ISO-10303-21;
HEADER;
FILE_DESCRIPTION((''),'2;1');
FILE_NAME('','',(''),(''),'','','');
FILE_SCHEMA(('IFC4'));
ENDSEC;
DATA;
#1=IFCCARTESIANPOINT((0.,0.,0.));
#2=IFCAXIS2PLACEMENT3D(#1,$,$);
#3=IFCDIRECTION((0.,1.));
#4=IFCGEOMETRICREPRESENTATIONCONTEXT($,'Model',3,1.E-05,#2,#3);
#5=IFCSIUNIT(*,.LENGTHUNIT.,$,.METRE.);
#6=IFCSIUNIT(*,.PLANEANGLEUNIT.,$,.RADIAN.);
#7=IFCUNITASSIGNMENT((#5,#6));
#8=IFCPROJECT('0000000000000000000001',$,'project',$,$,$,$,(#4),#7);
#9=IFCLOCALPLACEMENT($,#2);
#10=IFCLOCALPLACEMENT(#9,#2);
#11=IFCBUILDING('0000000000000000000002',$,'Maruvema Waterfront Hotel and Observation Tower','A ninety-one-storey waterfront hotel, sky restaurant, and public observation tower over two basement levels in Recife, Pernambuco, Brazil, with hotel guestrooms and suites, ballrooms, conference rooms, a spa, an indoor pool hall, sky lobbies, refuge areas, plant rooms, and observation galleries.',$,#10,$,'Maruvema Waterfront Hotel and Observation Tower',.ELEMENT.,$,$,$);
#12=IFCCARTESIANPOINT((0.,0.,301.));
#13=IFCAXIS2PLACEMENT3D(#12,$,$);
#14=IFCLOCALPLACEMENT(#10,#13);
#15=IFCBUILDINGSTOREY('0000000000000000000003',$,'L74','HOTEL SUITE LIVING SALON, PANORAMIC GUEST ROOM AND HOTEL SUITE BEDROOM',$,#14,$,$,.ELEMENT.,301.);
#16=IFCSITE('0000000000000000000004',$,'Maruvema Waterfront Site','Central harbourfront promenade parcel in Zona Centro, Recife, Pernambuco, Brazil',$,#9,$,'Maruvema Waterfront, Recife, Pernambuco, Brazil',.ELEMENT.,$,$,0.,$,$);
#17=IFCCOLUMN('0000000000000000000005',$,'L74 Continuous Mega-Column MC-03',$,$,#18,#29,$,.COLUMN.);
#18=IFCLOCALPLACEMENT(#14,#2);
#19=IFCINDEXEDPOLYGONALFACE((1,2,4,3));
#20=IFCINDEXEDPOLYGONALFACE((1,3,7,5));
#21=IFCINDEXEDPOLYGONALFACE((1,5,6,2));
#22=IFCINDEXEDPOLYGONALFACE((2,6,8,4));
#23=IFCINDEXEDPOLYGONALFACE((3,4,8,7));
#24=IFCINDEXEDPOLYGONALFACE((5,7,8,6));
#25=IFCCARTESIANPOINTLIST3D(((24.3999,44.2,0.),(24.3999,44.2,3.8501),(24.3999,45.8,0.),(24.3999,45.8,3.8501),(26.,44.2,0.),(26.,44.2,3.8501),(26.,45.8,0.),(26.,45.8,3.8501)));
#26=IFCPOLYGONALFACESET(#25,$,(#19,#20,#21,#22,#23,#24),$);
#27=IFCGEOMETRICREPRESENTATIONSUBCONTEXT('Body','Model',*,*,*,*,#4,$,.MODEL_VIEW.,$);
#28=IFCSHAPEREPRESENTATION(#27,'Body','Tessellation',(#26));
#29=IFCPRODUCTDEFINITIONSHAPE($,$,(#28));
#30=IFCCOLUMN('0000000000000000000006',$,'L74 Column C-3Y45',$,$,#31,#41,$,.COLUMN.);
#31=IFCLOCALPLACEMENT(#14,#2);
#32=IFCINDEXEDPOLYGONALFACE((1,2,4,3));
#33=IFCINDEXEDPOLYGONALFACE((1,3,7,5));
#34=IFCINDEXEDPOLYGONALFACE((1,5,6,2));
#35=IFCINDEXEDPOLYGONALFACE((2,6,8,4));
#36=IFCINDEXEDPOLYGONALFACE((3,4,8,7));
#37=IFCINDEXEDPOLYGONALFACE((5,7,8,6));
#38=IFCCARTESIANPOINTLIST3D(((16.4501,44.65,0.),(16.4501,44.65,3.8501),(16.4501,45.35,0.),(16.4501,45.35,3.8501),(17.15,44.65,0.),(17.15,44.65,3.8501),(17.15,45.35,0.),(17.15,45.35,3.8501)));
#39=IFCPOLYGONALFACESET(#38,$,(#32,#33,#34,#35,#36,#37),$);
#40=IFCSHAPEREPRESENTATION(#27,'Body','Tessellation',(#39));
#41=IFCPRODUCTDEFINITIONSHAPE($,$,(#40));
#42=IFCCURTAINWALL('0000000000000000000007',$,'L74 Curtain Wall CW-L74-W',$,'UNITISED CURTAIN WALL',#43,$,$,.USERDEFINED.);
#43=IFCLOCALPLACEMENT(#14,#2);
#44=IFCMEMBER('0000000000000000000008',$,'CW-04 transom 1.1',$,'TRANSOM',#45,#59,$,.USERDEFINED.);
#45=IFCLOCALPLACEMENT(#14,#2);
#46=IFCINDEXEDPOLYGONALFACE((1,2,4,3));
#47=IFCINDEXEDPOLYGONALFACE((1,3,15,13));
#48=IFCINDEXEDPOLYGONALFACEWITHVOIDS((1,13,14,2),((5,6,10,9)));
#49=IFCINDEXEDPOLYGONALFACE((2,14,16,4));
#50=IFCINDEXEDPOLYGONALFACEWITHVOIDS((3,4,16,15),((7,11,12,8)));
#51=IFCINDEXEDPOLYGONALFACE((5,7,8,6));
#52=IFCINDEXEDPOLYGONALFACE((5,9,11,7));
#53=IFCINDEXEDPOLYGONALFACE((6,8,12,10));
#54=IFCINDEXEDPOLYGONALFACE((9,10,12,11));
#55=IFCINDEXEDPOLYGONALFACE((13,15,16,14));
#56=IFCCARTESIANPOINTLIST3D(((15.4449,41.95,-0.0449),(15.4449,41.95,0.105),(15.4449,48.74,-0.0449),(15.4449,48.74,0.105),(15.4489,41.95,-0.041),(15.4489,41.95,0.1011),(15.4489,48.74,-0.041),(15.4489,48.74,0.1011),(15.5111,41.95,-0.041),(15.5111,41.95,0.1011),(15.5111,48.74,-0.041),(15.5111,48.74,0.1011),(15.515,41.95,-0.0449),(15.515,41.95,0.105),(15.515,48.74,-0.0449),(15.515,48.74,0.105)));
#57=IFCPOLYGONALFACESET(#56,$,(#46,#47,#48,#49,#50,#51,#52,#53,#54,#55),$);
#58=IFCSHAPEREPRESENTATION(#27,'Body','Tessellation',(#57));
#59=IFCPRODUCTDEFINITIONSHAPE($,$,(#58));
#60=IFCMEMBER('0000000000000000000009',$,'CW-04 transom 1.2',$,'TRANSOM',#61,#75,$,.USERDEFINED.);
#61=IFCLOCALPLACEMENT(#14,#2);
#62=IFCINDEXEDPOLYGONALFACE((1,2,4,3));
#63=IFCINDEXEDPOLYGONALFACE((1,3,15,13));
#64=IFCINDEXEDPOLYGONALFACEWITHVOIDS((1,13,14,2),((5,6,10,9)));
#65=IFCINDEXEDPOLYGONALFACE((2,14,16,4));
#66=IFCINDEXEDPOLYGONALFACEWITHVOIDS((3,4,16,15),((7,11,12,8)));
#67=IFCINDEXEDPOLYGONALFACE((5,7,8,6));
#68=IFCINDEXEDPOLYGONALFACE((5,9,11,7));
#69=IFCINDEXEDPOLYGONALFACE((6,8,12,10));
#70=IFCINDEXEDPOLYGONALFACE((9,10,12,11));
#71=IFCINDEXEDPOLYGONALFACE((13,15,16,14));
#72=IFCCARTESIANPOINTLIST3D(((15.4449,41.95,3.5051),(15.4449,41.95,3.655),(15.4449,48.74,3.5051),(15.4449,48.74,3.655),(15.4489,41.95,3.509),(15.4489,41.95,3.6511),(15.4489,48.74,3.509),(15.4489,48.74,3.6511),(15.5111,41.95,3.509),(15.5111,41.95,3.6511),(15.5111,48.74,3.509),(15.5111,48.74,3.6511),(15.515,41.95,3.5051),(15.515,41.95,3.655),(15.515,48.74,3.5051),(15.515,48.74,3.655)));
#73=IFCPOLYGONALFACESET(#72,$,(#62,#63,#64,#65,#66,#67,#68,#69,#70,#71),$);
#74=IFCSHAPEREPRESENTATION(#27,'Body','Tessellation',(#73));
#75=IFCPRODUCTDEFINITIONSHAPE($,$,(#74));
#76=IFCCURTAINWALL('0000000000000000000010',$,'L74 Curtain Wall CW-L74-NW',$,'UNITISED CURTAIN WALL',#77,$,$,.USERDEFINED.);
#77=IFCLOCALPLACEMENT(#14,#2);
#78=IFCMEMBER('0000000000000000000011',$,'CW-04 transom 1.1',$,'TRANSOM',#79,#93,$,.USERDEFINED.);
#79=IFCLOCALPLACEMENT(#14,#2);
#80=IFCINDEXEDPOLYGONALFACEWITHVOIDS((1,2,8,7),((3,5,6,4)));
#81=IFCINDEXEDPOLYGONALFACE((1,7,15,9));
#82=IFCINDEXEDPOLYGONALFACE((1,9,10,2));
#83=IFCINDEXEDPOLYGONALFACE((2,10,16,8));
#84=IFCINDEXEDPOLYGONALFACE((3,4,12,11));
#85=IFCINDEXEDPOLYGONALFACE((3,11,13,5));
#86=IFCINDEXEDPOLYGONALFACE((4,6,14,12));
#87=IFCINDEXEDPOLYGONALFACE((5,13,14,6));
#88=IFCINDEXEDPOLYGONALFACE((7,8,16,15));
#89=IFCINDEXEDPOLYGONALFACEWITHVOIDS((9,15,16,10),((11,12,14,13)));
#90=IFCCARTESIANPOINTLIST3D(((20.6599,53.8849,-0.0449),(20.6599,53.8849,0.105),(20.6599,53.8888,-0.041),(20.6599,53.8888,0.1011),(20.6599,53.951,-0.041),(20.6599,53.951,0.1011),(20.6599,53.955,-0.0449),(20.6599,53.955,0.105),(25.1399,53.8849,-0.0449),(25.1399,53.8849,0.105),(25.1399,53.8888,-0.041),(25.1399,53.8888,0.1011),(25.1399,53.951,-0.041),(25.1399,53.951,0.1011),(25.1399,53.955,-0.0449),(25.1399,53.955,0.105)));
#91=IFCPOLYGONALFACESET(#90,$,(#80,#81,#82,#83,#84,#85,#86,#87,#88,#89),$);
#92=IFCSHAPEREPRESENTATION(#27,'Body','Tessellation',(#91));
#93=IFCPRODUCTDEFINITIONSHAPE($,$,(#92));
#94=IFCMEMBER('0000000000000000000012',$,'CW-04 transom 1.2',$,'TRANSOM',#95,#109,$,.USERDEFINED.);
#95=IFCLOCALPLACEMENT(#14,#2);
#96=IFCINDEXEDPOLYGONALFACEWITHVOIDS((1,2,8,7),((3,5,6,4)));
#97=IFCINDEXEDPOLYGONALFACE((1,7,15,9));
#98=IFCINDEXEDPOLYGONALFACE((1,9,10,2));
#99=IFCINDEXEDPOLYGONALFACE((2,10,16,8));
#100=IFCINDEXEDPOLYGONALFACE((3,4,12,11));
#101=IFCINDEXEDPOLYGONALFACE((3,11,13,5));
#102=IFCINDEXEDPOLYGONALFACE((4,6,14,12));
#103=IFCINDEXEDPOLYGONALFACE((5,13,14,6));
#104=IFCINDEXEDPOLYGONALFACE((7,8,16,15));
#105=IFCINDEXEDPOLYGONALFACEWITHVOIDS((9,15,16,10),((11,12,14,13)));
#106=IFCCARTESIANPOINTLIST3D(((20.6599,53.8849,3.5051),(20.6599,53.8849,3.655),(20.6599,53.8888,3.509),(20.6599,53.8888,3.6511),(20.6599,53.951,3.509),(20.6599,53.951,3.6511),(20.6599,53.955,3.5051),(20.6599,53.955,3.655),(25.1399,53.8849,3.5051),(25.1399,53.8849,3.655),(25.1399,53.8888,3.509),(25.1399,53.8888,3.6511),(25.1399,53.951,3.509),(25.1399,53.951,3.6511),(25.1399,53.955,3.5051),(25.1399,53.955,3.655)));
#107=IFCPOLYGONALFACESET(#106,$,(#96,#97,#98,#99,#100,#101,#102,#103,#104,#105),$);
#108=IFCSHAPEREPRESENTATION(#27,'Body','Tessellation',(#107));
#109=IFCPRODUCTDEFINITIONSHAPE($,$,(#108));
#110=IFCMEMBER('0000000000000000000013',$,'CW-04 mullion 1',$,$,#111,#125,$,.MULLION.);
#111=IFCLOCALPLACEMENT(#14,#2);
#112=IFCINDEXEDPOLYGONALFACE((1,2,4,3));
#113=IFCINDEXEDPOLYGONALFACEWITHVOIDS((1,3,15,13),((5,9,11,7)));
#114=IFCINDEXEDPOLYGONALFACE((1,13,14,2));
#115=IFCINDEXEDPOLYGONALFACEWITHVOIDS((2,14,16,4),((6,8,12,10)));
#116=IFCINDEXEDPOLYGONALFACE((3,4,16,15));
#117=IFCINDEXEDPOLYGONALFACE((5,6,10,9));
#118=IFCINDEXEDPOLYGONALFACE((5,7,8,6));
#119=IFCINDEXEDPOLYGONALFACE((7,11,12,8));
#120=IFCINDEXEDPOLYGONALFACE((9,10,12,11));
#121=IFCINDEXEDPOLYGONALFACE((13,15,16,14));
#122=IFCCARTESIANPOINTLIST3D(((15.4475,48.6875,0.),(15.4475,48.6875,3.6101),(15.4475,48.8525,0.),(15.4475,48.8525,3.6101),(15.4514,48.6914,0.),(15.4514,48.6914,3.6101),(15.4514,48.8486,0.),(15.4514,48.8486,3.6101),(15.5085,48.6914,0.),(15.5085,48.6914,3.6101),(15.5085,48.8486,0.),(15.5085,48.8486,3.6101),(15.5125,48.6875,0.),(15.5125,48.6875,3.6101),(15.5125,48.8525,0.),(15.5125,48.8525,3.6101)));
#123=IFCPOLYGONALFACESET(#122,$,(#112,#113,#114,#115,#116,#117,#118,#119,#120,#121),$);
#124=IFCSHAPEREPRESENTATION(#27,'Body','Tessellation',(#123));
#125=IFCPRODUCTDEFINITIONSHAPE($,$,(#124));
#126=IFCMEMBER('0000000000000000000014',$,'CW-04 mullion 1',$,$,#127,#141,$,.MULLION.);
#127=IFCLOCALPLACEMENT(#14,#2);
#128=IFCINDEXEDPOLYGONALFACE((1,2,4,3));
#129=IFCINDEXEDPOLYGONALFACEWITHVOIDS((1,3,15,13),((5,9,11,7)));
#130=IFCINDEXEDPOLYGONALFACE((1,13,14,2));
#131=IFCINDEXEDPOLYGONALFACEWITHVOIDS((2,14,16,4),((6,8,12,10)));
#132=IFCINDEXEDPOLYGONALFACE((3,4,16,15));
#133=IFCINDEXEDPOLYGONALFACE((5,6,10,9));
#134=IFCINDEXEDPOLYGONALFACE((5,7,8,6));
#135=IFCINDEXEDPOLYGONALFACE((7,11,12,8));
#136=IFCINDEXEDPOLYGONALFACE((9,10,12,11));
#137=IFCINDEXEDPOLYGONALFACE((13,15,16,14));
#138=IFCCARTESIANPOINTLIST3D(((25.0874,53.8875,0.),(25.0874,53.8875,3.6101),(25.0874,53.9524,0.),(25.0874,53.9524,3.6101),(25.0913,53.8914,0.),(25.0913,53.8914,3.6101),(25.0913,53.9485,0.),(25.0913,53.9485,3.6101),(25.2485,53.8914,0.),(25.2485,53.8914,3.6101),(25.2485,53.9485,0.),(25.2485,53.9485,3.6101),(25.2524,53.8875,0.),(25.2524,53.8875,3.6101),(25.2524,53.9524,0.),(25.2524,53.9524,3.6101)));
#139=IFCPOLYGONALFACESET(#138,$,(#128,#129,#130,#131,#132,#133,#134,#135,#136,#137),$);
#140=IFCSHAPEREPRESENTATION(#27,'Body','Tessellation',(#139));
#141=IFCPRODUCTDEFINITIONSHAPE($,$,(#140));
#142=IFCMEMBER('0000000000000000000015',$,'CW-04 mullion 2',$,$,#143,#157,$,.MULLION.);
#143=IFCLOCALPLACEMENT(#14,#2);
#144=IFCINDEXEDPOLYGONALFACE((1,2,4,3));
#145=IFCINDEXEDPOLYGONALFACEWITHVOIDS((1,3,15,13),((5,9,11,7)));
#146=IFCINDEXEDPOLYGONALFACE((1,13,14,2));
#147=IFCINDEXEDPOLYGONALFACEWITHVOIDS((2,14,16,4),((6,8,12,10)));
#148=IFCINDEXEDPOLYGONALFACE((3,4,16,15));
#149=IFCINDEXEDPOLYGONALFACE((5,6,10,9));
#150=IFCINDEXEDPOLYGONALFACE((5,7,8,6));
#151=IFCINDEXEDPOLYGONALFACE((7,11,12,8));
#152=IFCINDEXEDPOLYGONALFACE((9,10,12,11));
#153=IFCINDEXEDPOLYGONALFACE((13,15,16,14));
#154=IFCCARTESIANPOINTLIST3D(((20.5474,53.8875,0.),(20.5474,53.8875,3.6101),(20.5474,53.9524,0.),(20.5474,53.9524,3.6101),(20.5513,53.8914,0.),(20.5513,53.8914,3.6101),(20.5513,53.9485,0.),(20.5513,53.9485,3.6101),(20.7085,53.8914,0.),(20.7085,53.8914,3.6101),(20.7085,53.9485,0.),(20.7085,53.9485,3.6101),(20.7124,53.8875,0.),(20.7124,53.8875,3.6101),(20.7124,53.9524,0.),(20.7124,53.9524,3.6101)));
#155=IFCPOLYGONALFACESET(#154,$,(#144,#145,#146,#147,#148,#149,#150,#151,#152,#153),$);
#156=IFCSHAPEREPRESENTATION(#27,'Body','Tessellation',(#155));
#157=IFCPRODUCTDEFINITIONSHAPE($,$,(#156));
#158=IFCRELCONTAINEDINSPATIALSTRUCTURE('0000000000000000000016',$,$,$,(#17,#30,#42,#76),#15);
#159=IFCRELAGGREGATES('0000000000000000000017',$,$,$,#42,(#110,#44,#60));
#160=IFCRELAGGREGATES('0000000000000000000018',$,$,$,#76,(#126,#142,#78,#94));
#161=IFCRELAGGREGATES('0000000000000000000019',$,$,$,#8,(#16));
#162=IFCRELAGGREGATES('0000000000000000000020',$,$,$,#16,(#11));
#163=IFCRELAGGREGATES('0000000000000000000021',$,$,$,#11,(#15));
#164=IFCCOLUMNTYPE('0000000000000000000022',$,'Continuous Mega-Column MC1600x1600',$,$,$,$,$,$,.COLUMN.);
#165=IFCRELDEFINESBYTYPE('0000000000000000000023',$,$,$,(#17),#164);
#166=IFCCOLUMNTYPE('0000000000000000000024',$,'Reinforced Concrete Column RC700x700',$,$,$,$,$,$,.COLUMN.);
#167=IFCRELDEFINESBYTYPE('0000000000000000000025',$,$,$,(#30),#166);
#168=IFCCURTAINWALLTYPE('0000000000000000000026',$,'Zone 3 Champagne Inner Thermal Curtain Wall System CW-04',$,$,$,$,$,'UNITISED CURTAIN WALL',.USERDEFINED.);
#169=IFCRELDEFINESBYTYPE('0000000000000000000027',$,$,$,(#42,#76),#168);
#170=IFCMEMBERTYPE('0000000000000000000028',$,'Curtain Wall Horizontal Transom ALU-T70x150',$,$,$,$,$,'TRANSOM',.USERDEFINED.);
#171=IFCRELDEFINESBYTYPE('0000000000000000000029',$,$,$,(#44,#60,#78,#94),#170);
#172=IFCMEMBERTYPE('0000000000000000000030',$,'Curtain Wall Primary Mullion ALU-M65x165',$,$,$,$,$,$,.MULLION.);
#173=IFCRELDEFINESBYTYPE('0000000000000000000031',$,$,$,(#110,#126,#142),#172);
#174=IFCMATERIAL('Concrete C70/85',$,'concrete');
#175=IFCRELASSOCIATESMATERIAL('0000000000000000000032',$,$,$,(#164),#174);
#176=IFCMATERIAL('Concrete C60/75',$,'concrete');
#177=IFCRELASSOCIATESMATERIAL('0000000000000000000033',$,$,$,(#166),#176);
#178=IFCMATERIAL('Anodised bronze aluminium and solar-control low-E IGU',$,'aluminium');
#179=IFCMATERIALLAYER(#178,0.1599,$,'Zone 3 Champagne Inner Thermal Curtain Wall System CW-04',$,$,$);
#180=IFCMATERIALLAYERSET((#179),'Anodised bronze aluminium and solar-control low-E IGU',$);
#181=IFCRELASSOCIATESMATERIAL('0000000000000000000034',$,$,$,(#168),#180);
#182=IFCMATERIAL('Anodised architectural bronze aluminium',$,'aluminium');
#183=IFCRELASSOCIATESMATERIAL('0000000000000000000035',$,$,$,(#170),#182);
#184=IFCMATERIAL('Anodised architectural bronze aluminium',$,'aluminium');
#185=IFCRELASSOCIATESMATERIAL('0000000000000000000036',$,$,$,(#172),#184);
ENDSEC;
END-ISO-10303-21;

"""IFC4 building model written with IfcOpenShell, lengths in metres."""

from ifc_helpers import new_model, si_unit, direction, frame, origin, origin_2d, place, context, subcontext, project, spatial, rectangle, hollow_rectangle, extrude, material, layer, layer_set, material_profile, profile_set, type_object, element, aggregate, save


model = new_model("IFC4")

# Units and contexts
model_context = context("Model", 3, precision=1e-05, world=origin(), true_north=direction((0.0, 1.0)))
body_context = subcontext(model_context, "Body", "Model", "MODEL_VIEW")
ifc_project = project(units=[si_unit("LENGTHUNIT", "METRE"), si_unit("PLANEANGLEUNIT", "RADIAN")], contexts=[model_context])

# Site, building, storey
site_placement = place(None, origin())
site = spatial("IfcSite", under=ifc_project, at=site_placement, Name="Maruvema Waterfront Site", Description="Central harbourfront promenade parcel in Zona Centro, Recife, Pernambuco, Brazil", LongName="Maruvema Waterfront, Recife, Pernambuco, Brazil", CompositionType="ELEMENT", RefElevation=0.0)
building_placement = place(site_placement, origin())
building = spatial("IfcBuilding", under=site, at=building_placement, Name="Maruvema Waterfront Hotel and Observation Tower", Description="A ninety-one-storey waterfront hotel, sky restaurant, and public observation tower over two basement levels in Recife, Pernambuco, Brazil, with hotel guestrooms and suites, ballrooms, conference rooms, a spa, an indoor pool hall, sky lobbies, refuge areas, plant rooms, and observation galleries.", LongName="Maruvema Waterfront Hotel and Observation Tower", CompositionType="ELEMENT")
storey_placement = place(building_placement, frame((0.0, 0.0, 301.0)))
storey = spatial("IfcBuildingStorey", under=building, at=storey_placement, Name="L74", Description="HOTEL SUITE LIVING SALON, PANORAMIC GUEST ROOM AND HOTEL SUITE BEDROOM", CompositionType="ELEMENT", Elevation=301.0)

# Columns
ifc_material_1 = material(Name="Concrete C70/85", Category="concrete")
ifc_material_profile_1 = material_profile(ifc_material_1, rectangle(XDim=1.6001, YDim=1.6001, at=origin_2d()), Name="MC1600x1600")
ifc_profile_set_1 = profile_set([ifc_material_profile_1], Name="Concrete C70/85")
column_type_1 = type_object("IfcColumnType", Name="Continuous Mega-Column MC1600x1600", PredefinedType="COLUMN", material=ifc_profile_set_1)
column_1_placement = place(storey_placement, frame((25.2, 45.0, 0.0), z_axis=(0.0, 0.0, 1.0), x_axis=(1.0, 0.0, 0.0)))
element("IfcColumn", 1, at=column_1_placement, inside=storey, type_object=column_type_1, Name="L74 Continuous Mega-Column MC-03", PredefinedType="COLUMN", context=body_context, shape_type="SweptSolid", body=[
    extrude(rectangle(XDim=1.6001, YDim=1.6001, at=origin_2d()), origin(), (0.0, 0.0, 1.0), 3.8501),
])
ifc_material_2 = material(Name="Concrete C60/75", Category="concrete")
ifc_material_profile_2 = material_profile(ifc_material_2, rectangle(XDim=0.7, YDim=0.7, at=origin_2d()), Name="RC700x700")
ifc_profile_set_2 = profile_set([ifc_material_profile_2], Name="Concrete C60/75")
column_type_2 = type_object("IfcColumnType", Name="Reinforced Concrete Column RC700x700", PredefinedType="COLUMN", material=ifc_profile_set_2)
column_2_placement = place(storey_placement, frame((16.8, 45.0, 0.0), z_axis=(0.0, 0.0, 1.0), x_axis=(1.0, 0.0, 0.0)))
element("IfcColumn", 2, at=column_2_placement, inside=storey, type_object=column_type_2, Name="L74 Column C-3Y45", PredefinedType="COLUMN", context=body_context, shape_type="SweptSolid", body=[
    extrude(rectangle(XDim=0.7, YDim=0.7, at=origin_2d()), origin(), (0.0, 0.0, 1.0), 3.8501),
])

# Curtain walls, members
ifc_material_3 = material(Name="Anodised bronze aluminium and solar-control low-E IGU", Category="aluminium")
ifc_layer_1 = layer(ifc_material_3, 0.1599, Name="Zone 3 Champagne Inner Thermal Curtain Wall System CW-04")
ifc_layer_set_1 = layer_set([ifc_layer_1], Name="Anodised bronze aluminium and solar-control low-E IGU")
curtain_wall_type = type_object("IfcCurtainWallType", Name="Zone 3 Champagne Inner Thermal Curtain Wall System CW-04", ElementType="UNITISED CURTAIN WALL", PredefinedType="USERDEFINED", material=ifc_layer_set_1)
curtain_wall_1_placement = place(storey_placement, origin())
curtain_wall_1 = element("IfcCurtainWall", 3, at=curtain_wall_1_placement, inside=storey, type_object=curtain_wall_type, Name="L74 Curtain Wall CW-L74-W", ObjectType="UNITISED CURTAIN WALL", PredefinedType="USERDEFINED")
ifc_material_4 = material(Name="Anodised architectural bronze aluminium", Category="aluminium")
ifc_material_profile_3 = material_profile(ifc_material_4, hollow_rectangle(XDim=0.0701, YDim=0.1499, WallThickness=0.0039, at=origin_2d()), Name="ALU-T70x150")
ifc_profile_set_3 = profile_set([ifc_material_profile_3], Name="Anodised architectural bronze aluminium")
member_type_1 = type_object("IfcMemberType", Name="Curtain Wall Horizontal Transom ALU-T70x150", ElementType="TRANSOM", PredefinedType="USERDEFINED", material=ifc_profile_set_3)
member_1_placement = place(storey_placement, frame((15.48, 48.74, 0.03), z_axis=(0.0, -1.0, 0.0), x_axis=(1.0, 0.0, 0.0)))
member_1 = element("IfcMember", 4, at=member_1_placement, type_object=member_type_1, Name="CW-04 transom 1.1", ObjectType="TRANSOM", PredefinedType="USERDEFINED", context=body_context, shape_type="SweptSolid", body=[
    extrude(hollow_rectangle(XDim=0.0701, YDim=0.1499, WallThickness=0.0039, at=origin_2d()), origin(), (0.0, 0.0, 1.0), 6.79),
])
member_2_placement = place(storey_placement, frame((15.48, 48.74, 3.5801), z_axis=(0.0, -1.0, 0.0), x_axis=(1.0, 0.0, 0.0)))
member_2 = element("IfcMember", 5, at=member_2_placement, type_object=member_type_1, Name="CW-04 transom 1.2", ObjectType="TRANSOM", PredefinedType="USERDEFINED", context=body_context, shape_type="SweptSolid", body=[
    extrude(hollow_rectangle(XDim=0.0701, YDim=0.1499, WallThickness=0.0039, at=origin_2d()), origin(), (0.0, 0.0, 1.0), 6.79),
])
curtain_wall_2_placement = place(storey_placement, origin())
curtain_wall_2 = element("IfcCurtainWall", 6, at=curtain_wall_2_placement, inside=storey, type_object=curtain_wall_type, Name="L74 Curtain Wall CW-L74-NW", ObjectType="UNITISED CURTAIN WALL", PredefinedType="USERDEFINED")
member_3_placement = place(storey_placement, frame((25.1399, 53.9199, 0.03), z_axis=(-1.0, 0.0, 0.0), x_axis=(0.0, -1.0, 0.0)))
member_3 = element("IfcMember", 7, at=member_3_placement, type_object=member_type_1, Name="CW-04 transom 1.1", ObjectType="TRANSOM", PredefinedType="USERDEFINED", context=body_context, shape_type="SweptSolid", body=[
    extrude(hollow_rectangle(XDim=0.0701, YDim=0.1499, WallThickness=0.0039, at=origin_2d()), origin(), (0.0, 0.0, 1.0), 4.48),
])
member_4_placement = place(storey_placement, frame((25.1399, 53.9199, 3.5801), z_axis=(-1.0, 0.0, 0.0), x_axis=(0.0, -1.0, 0.0)))
member_4 = element("IfcMember", 8, at=member_4_placement, type_object=member_type_1, Name="CW-04 transom 1.2", ObjectType="TRANSOM", PredefinedType="USERDEFINED", context=body_context, shape_type="SweptSolid", body=[
    extrude(hollow_rectangle(XDim=0.0701, YDim=0.1499, WallThickness=0.0039, at=origin_2d()), origin(), (0.0, 0.0, 1.0), 4.48),
])

# Members
ifc_material_5 = material(Name="Anodised architectural bronze aluminium", Category="aluminium")
ifc_material_profile_4 = material_profile(ifc_material_5, hollow_rectangle(XDim=0.0649, YDim=0.165, WallThickness=0.0039, at=origin_2d()), Name="ALU-M65x165")
ifc_profile_set_4 = profile_set([ifc_material_profile_4], Name="Anodised architectural bronze aluminium")
member_type_2 = type_object("IfcMemberType", Name="Curtain Wall Primary Mullion ALU-M65x165", PredefinedType="MULLION", material=ifc_profile_set_4)
member_5_placement = place(storey_placement, frame((15.48, 48.77, 0.0), z_axis=(0.0, 0.0, 1.0), x_axis=(1.0, 0.0, 0.0)))
member_5 = element("IfcMember", 9, at=member_5_placement, type_object=member_type_2, Name="CW-04 mullion 1", PredefinedType="MULLION", context=body_context, shape_type="SweptSolid", body=[
    extrude(hollow_rectangle(XDim=0.0649, YDim=0.165, WallThickness=0.0039, at=origin_2d()), origin(), (0.0, 0.0, 1.0), 3.6101),
])
member_6_placement = place(storey_placement, frame((25.1699, 53.9199, 0.0), z_axis=(0.0, 0.0, 1.0), x_axis=(0.0, -1.0, 0.0)))
member_6 = element("IfcMember", 10, at=member_6_placement, type_object=member_type_2, Name="CW-04 mullion 1", PredefinedType="MULLION", context=body_context, shape_type="SweptSolid", body=[
    extrude(hollow_rectangle(XDim=0.0649, YDim=0.165, WallThickness=0.0039, at=origin_2d()), origin(), (0.0, 0.0, 1.0), 3.6101),
])
member_7_placement = place(storey_placement, frame((20.6299, 53.9199, 0.0), z_axis=(0.0, 0.0, 1.0), x_axis=(0.0, -1.0, 0.0)))
member_7 = element("IfcMember", 11, at=member_7_placement, type_object=member_type_2, Name="CW-04 mullion 2", PredefinedType="MULLION", context=body_context, shape_type="SweptSolid", body=[
    extrude(hollow_rectangle(XDim=0.0649, YDim=0.165, WallThickness=0.0039, at=origin_2d()), origin(), (0.0, 0.0, 1.0), 3.6101),
])

aggregate(curtain_wall_1, [member_5, member_1, member_2])
aggregate(curtain_wall_2, [member_6, member_7, member_3, member_4])

save(model, "model.ifc")
